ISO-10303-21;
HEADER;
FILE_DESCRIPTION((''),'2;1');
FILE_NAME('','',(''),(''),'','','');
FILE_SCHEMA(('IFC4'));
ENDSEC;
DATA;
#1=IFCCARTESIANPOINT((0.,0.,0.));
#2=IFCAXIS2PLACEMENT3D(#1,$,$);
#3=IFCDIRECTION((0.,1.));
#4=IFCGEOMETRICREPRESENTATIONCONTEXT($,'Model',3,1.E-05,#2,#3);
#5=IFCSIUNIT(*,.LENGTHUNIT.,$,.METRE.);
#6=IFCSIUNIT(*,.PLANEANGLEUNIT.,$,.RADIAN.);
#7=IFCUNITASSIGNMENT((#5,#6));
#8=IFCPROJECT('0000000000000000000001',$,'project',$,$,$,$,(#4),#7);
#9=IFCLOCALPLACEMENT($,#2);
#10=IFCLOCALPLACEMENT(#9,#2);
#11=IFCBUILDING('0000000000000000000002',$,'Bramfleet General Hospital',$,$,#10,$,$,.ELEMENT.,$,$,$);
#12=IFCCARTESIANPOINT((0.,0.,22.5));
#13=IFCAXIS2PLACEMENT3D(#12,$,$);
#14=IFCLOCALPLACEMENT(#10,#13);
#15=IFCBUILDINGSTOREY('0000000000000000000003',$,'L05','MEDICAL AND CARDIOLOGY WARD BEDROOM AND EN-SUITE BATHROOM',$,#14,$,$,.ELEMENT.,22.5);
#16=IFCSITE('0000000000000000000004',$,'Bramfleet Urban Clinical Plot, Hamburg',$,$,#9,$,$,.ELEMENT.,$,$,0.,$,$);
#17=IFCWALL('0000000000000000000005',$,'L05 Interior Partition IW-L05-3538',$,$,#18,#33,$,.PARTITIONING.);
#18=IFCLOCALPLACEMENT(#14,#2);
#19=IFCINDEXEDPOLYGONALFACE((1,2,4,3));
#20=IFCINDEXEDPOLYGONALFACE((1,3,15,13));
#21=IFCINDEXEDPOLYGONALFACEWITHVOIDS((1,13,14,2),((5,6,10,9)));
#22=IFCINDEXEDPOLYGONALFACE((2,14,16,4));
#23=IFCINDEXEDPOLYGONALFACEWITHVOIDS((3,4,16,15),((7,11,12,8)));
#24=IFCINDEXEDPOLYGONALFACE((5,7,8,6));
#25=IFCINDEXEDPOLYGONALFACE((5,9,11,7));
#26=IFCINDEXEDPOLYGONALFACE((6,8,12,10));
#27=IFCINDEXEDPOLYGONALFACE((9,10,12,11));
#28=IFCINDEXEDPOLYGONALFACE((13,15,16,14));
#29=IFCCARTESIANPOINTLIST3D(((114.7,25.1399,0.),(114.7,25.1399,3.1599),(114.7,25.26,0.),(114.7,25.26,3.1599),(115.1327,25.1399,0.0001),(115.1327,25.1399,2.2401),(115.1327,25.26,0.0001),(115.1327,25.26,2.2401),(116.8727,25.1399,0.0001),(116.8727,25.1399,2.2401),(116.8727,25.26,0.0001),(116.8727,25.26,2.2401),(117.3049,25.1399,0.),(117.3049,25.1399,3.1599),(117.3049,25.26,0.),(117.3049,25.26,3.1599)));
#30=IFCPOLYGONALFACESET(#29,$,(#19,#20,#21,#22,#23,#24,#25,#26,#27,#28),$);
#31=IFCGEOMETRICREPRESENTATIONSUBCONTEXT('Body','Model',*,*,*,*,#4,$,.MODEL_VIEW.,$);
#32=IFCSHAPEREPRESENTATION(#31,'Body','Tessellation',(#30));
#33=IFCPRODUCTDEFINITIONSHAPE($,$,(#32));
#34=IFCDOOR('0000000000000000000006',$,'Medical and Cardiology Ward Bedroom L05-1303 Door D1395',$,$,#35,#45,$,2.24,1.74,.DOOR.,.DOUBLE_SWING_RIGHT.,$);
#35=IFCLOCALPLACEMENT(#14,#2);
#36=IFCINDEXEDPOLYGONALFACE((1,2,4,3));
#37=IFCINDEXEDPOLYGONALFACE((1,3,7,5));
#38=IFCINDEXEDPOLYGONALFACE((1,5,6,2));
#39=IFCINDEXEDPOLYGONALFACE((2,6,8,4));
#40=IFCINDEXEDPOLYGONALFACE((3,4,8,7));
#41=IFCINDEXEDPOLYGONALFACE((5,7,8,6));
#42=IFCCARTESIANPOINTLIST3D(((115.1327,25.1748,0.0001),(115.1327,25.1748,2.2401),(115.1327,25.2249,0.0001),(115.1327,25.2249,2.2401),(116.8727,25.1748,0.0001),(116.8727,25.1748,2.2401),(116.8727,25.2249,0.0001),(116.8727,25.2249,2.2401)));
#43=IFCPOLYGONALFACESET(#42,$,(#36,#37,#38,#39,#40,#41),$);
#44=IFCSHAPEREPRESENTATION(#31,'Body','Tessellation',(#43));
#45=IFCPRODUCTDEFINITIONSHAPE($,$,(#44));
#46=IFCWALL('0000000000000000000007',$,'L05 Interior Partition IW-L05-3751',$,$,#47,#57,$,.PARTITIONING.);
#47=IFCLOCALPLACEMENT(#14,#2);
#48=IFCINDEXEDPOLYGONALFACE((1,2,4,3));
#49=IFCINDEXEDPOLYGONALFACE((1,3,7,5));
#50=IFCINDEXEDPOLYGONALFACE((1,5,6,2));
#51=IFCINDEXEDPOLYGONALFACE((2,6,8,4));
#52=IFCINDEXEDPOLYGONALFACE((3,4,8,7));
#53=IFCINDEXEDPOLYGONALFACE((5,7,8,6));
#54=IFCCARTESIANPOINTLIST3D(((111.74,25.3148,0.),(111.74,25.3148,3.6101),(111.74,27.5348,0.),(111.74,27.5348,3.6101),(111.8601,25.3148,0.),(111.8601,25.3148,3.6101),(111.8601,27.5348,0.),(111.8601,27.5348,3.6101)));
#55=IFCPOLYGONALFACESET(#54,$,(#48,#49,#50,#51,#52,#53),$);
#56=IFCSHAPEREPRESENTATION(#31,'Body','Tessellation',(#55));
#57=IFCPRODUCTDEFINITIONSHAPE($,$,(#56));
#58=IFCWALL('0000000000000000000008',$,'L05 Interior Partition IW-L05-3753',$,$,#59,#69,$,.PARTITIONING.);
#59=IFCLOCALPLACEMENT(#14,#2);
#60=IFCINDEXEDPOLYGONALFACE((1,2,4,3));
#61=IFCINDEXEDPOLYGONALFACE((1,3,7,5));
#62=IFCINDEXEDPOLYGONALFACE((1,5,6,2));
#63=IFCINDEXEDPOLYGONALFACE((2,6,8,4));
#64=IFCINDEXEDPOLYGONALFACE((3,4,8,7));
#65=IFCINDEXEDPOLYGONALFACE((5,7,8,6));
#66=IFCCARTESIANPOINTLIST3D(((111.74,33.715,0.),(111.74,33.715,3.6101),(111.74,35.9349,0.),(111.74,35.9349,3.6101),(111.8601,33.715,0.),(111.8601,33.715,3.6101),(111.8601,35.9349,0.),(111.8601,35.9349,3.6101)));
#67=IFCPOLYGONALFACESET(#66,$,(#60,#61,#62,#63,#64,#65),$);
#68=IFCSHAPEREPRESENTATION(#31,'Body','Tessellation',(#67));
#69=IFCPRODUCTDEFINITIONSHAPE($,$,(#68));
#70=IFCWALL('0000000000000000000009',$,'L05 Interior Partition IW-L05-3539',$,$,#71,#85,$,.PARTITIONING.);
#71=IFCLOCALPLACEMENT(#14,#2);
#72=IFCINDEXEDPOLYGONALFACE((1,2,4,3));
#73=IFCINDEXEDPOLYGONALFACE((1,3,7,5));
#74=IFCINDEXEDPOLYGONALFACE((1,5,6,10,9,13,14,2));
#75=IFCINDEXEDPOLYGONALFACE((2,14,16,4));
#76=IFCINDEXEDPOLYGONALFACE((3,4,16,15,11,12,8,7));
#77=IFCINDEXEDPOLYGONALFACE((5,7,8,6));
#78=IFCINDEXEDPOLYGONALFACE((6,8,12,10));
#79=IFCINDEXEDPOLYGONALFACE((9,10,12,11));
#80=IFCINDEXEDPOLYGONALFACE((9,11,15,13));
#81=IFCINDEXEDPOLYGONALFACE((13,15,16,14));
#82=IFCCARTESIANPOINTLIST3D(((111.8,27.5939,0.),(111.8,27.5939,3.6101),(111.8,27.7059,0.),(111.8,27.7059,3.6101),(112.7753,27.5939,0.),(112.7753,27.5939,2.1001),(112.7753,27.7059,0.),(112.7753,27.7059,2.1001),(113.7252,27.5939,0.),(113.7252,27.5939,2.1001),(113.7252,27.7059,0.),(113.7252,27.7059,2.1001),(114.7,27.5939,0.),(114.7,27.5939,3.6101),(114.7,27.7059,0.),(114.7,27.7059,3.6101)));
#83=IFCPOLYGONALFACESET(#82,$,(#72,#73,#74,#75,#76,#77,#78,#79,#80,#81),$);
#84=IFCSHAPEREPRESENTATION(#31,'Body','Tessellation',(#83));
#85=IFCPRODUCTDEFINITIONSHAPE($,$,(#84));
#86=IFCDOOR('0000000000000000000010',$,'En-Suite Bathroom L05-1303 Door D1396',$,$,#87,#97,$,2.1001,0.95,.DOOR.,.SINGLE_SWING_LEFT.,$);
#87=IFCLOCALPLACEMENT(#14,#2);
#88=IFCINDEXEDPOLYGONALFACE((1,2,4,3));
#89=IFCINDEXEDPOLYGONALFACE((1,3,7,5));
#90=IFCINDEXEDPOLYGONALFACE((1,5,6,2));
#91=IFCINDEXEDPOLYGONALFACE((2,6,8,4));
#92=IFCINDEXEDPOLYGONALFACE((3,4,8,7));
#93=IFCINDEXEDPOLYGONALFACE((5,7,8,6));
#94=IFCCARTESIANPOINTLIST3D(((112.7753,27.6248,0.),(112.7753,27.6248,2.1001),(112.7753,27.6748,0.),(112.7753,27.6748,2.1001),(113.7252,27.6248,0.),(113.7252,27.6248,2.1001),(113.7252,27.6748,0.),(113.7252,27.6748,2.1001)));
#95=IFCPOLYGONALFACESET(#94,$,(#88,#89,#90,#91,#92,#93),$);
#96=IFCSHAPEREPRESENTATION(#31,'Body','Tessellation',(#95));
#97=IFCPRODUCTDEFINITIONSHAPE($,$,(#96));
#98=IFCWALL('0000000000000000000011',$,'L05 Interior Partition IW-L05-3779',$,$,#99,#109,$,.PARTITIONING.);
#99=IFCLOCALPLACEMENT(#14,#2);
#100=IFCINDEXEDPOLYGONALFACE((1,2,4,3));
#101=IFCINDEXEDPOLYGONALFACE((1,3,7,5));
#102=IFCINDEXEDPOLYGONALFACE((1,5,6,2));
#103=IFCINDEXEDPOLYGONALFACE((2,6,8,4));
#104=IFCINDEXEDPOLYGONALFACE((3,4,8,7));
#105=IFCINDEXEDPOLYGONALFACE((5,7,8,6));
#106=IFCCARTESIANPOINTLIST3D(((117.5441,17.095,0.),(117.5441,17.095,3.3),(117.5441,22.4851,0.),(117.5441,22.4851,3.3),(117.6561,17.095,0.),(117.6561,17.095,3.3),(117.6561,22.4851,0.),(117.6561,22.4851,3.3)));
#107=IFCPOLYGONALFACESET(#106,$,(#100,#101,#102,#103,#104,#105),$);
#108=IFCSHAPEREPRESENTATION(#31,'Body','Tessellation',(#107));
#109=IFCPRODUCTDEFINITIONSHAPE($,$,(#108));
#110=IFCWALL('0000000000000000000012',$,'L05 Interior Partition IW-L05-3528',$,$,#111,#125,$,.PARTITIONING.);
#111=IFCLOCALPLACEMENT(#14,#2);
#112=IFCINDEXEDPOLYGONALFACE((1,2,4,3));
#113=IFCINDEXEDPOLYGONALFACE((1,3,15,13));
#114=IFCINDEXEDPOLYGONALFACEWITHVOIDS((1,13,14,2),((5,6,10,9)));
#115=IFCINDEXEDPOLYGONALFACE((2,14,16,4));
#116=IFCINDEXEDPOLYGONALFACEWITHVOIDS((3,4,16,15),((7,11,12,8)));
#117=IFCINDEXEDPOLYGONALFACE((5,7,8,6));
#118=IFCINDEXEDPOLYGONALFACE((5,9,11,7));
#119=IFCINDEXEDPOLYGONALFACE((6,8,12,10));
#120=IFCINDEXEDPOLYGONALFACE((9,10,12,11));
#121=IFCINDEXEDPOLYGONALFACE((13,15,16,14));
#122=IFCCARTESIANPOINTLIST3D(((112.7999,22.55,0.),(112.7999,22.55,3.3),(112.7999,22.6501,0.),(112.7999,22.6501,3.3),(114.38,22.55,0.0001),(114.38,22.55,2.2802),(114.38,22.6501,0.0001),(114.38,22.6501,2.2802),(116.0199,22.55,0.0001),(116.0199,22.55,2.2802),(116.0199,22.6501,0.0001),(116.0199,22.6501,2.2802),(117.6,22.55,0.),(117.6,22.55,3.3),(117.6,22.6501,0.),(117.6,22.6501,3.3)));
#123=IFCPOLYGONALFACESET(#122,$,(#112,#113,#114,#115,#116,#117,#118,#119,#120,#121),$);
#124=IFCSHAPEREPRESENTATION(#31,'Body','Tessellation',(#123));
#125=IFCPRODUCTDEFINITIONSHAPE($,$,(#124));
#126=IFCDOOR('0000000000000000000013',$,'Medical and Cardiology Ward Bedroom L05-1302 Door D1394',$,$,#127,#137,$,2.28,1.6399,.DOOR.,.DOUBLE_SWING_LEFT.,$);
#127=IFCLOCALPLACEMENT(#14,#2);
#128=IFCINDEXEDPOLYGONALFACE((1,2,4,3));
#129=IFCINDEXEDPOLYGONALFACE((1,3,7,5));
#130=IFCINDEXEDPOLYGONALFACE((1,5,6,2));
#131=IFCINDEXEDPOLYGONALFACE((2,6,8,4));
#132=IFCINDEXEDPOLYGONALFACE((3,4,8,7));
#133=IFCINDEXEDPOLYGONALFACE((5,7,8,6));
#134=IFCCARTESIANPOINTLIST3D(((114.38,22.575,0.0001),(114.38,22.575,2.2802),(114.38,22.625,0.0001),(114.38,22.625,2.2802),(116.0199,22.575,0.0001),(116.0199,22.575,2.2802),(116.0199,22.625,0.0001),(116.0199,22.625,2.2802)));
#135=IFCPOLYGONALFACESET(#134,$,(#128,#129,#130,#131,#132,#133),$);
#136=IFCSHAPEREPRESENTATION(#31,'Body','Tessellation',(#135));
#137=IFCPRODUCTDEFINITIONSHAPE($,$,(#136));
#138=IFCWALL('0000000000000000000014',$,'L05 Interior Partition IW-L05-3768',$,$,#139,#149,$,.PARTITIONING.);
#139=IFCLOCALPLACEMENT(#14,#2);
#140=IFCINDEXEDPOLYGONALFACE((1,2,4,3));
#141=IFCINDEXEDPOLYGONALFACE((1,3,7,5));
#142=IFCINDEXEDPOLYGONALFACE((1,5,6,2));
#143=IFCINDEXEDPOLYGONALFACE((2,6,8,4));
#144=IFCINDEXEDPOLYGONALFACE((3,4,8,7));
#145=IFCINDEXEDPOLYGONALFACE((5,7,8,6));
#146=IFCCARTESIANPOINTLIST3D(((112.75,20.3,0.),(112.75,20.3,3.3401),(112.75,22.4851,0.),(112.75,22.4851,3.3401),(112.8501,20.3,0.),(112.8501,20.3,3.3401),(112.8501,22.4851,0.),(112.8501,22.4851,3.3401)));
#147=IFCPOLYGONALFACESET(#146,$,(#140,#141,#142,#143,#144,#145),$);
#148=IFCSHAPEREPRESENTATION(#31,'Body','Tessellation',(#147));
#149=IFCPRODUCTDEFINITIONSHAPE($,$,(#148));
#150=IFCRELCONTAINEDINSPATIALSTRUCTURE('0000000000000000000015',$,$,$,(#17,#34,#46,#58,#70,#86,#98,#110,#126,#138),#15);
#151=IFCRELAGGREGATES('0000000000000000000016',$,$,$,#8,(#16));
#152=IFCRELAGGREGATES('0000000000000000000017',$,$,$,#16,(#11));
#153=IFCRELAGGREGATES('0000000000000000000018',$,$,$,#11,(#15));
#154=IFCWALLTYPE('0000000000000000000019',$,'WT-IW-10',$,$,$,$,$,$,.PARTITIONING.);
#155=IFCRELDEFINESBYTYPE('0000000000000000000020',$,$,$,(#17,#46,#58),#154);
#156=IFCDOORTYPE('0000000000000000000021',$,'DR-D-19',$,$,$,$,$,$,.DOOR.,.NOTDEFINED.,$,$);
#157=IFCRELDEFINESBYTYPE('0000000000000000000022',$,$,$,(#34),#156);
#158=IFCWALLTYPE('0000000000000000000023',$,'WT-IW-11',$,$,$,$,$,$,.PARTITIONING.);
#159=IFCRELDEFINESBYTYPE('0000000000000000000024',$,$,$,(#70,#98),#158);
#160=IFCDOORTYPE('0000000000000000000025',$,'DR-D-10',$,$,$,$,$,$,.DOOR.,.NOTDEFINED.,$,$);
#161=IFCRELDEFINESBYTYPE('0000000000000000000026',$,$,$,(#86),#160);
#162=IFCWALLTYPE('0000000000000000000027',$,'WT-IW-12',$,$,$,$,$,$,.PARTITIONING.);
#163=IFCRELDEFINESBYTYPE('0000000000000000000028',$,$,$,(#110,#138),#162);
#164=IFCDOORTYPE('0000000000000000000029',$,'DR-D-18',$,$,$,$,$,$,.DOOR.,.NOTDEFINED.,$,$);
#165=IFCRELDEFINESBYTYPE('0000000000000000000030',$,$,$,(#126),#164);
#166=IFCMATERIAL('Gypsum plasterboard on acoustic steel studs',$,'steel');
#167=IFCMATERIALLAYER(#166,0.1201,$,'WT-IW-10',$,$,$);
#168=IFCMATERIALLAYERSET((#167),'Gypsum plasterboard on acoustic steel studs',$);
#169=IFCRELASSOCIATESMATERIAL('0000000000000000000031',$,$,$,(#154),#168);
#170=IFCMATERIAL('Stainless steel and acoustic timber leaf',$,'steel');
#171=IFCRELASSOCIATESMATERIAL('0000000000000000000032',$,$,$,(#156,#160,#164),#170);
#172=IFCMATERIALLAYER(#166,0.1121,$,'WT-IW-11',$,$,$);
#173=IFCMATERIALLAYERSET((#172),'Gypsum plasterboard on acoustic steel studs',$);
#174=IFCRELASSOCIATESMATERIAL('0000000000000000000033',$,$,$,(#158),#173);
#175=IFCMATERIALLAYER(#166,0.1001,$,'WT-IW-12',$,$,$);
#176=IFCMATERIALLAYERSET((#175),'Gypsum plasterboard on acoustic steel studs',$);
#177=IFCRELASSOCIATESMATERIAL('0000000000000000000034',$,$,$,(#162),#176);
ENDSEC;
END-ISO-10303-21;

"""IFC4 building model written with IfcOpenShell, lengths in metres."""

from ifc_helpers import new_model, si_unit, direction, frame, frame_2d, origin, place, context, subcontext, project, spatial, rectangle, extrude, material, layer, layer_set, type_object, element, fill, save


model = new_model("IFC4")

# Units and contexts
model_context = context("Model", 3, precision=1e-05, world=origin(), true_north=direction((0.0, 1.0)))
body_context = subcontext(model_context, "Body", "Model", "MODEL_VIEW")
ifc_project = project(units=[si_unit("LENGTHUNIT", "METRE"), si_unit("PLANEANGLEUNIT", "RADIAN")], contexts=[model_context])

# Site, building, storey
site_placement = place(None, origin())
site = spatial("IfcSite", under=ifc_project, at=site_placement, Name="Bramfleet Urban Clinical Plot, Hamburg", CompositionType="ELEMENT", RefElevation=0.0)
building_placement = place(site_placement, origin())
building = spatial("IfcBuilding", under=site, at=building_placement, Name="Bramfleet General Hospital", CompositionType="ELEMENT")
storey_placement = place(building_placement, frame((0.0, 0.0, 22.5)))
storey = spatial("IfcBuildingStorey", under=building, at=storey_placement, Name="L05", Description="MEDICAL AND CARDIOLOGY WARD BEDROOM AND EN-SUITE BATHROOM", CompositionType="ELEMENT", Elevation=22.5)

# Shared definitions
ifc_material_1 = material(Name="Gypsum plasterboard on acoustic steel studs", Category="steel")
ifc_layer_1 = layer(ifc_material_1, 0.1201, Name="WT-IW-10")
ifc_layer_set_1 = layer_set([ifc_layer_1], Name="Gypsum plasterboard on acoustic steel studs")
wall_type_1 = type_object("IfcWallType", Name="WT-IW-10", PredefinedType="PARTITIONING", material=ifc_layer_set_1)

# Wall, opening, door
wall_1_placement = place(storey_placement, frame((114.7, 25.2, 0.0), z_axis=(0.0, 0.0, 1.0), x_axis=(1.0, 0.0, 0.0)))
wall_1 = element("IfcWall", 1, at=wall_1_placement, inside=storey, type_object=wall_type_1, Name="L05 Interior Partition IW-L05-3538", PredefinedType="PARTITIONING", context=body_context, shape_type="SweptSolid", body=[
    extrude(rectangle(XDim=2.605, YDim=0.1201, at=frame_2d((1.3025, 0.0))), origin(), (0.0, 0.0, 1.0), 3.1599),
])
opening_1_placement = place(wall_1_placement, frame((0.4326, 0.0, 0.0)))
opening_1 = element("IfcOpeningElement", 2, at=opening_1_placement, cuts=wall_1, PredefinedType="OPENING", context=body_context, shape_type="SweptSolid", body=[
    extrude(rectangle(XDim=1.74, YDim=2.24, at=frame_2d((0.8701, 1.1201))), frame((0.0, 0.0701, 0.0), z_axis=(0.0, -1.0, 0.0), x_axis=(1.0, 0.0, 0.0)), (0.0, 0.0, 1.0), 0.1401),
])
ifc_material_2 = material(Name="Stainless steel and acoustic timber leaf", Category="steel")
door_type_1 = type_object("IfcDoorType", Name="DR-D-19", OperationType="NOTDEFINED", PredefinedType="DOOR", material=ifc_material_2)
door_1_placement = place(opening_1_placement, origin())
door_1 = element("IfcDoor", 3, at=door_1_placement, inside=storey, type_object=door_type_1, Name="Medical and Cardiology Ward Bedroom L05-1303 Door D1395", OperationType="DOUBLE_SWING_RIGHT", OverallHeight=2.24, OverallWidth=1.74, PredefinedType="DOOR", context=body_context, shape_type="SweptSolid", body=[
    extrude(rectangle(XDim=1.74, YDim=2.24, at=frame_2d((0.8701, 1.1201))), frame((0.0, 0.0249, 0.0), z_axis=(0.0, -1.0, 0.0), x_axis=(1.0, 0.0, 0.0)), (0.0, 0.0, 1.0), 0.05),
])
fill(opening_1, door_1)

# Walls
for number, where, z_axis, x_axis, name in (
    (4, (111.8, 25.3149, 0.0), (0.0, 0.0, 1.0), (0.0, 1.0, 0.0), "L05 Interior Partition IW-L05-3751"),
    (5, (111.8, 33.7151, 0.0), (0.0, 0.0, 1.0), (0.0, 1.0, 0.0), "L05 Interior Partition IW-L05-3753"),
):
    element("IfcWall", number, at=place(storey_placement, frame(where, z_axis=z_axis, x_axis=x_axis)), inside=storey, type_object=wall_type_1, Name=name, PredefinedType="PARTITIONING", context=body_context, shape_type="SweptSolid", body=[
        extrude(rectangle(XDim=2.22, YDim=0.1201, at=frame_2d((1.1099, 0.0))), origin(), (0.0, 0.0, 1.0), 3.6101),
    ])

# Wall, opening, door
ifc_layer_2 = layer(ifc_material_1, 0.1121, Name="WT-IW-11")
ifc_layer_set_2 = layer_set([ifc_layer_2], Name="Gypsum plasterboard on acoustic steel studs")
wall_type_2 = type_object("IfcWallType", Name="WT-IW-11", PredefinedType="PARTITIONING", material=ifc_layer_set_2)
wall_2_placement = place(storey_placement, frame((111.8, 27.6499, 0.0), z_axis=(0.0, 0.0, 1.0), x_axis=(1.0, 0.0, 0.0)))
wall_2 = element("IfcWall", 6, at=wall_2_placement, inside=storey, type_object=wall_type_2, Name="L05 Interior Partition IW-L05-3539", PredefinedType="PARTITIONING", context=body_context, shape_type="SweptSolid", body=[
    extrude(rectangle(XDim=2.8999, YDim=0.1121, at=frame_2d((1.45, 0.0))), origin(), (0.0, 0.0, 1.0), 3.6101),
])
opening_2_placement = place(wall_2_placement, frame((0.9751, 0.0, 0.0)))
opening_2 = element("IfcOpeningElement", 7, at=opening_2_placement, cuts=wall_2, PredefinedType="OPENING", context=body_context, shape_type="SweptSolid", body=[
    extrude(rectangle(XDim=0.95, YDim=2.1001, at=frame_2d((0.4751, 1.05))), frame((0.0, 0.0659, 0.0), z_axis=(0.0, -1.0, 0.0), x_axis=(1.0, 0.0, 0.0)), (0.0, 0.0, 1.0), 0.1321),
])
door_type_2 = type_object("IfcDoorType", Name="DR-D-10", OperationType="NOTDEFINED", PredefinedType="DOOR", material=ifc_material_2)
door_2_placement = place(opening_2_placement, origin())
door_2 = element("IfcDoor", 8, at=door_2_placement, inside=storey, type_object=door_type_2, Name="En-Suite Bathroom L05-1303 Door D1396", OperationType="SINGLE_SWING_LEFT", OverallHeight=2.1001, OverallWidth=0.95, PredefinedType="DOOR", context=body_context, shape_type="SweptSolid", body=[
    extrude(rectangle(XDim=0.95, YDim=2.1001, at=frame_2d((0.4751, 1.05))), frame((0.0, 0.0249, 0.0), z_axis=(0.0, -1.0, 0.0), x_axis=(1.0, 0.0, 0.0)), (0.0, 0.0, 1.0), 0.05),
])
fill(opening_2, door_2)

# Wall
wall_3_placement = place(storey_placement, frame((117.6001, 17.095, 0.0), z_axis=(0.0, 0.0, 1.0), x_axis=(0.0, 1.0, 0.0)))
element("IfcWall", 9, at=wall_3_placement, inside=storey, type_object=wall_type_2, Name="L05 Interior Partition IW-L05-3779", PredefinedType="PARTITIONING", context=body_context, shape_type="SweptSolid", body=[
    extrude(rectangle(XDim=5.3901, YDim=0.1121, at=frame_2d((2.6951, 0.0))), origin(), (0.0, 0.0, 1.0), 3.3),
])

# Wall, opening, door
ifc_layer_3 = layer(ifc_material_1, 0.1001, Name="WT-IW-12")
ifc_layer_set_3 = layer_set([ifc_layer_3], Name="Gypsum plasterboard on acoustic steel studs")
wall_type_3 = type_object("IfcWallType", Name="WT-IW-12", PredefinedType="PARTITIONING", material=ifc_layer_set_3)
wall_4_placement = place(storey_placement, frame((112.8, 22.6001, 0.0), z_axis=(0.0, 0.0, 1.0), x_axis=(1.0, 0.0, 0.0)))
wall_4 = element("IfcWall", 10, at=wall_4_placement, inside=storey, type_object=wall_type_3, Name="L05 Interior Partition IW-L05-3528", PredefinedType="PARTITIONING", context=body_context, shape_type="SweptSolid", body=[
    extrude(rectangle(XDim=4.8, YDim=0.1001, at=frame_2d((2.3999, 0.0))), origin(), (0.0, 0.0, 1.0), 3.3),
])
opening_3_placement = place(wall_4_placement, frame((1.5801, 0.0, 0.0)))
opening_3 = element("IfcOpeningElement", 11, at=opening_3_placement, cuts=wall_4, PredefinedType="OPENING", context=body_context, shape_type="SweptSolid", body=[
    extrude(rectangle(XDim=1.6399, YDim=2.28, at=frame_2d((0.8198, 1.1401))), frame((0.0, 0.0601, 0.0), z_axis=(0.0, -1.0, 0.0), x_axis=(1.0, 0.0, 0.0)), (0.0, 0.0, 1.0), 0.1201),
])
door_type_3 = type_object("IfcDoorType", Name="DR-D-18", OperationType="NOTDEFINED", PredefinedType="DOOR", material=ifc_material_2)
door_3_placement = place(opening_3_placement, origin())
door_3 = element("IfcDoor", 12, at=door_3_placement, inside=storey, type_object=door_type_3, Name="Medical and Cardiology Ward Bedroom L05-1302 Door D1394", OperationType="DOUBLE_SWING_LEFT", OverallHeight=2.28, OverallWidth=1.6399, PredefinedType="DOOR", context=body_context, shape_type="SweptSolid", body=[
    extrude(rectangle(XDim=1.6399, YDim=2.28, at=frame_2d((0.8198, 1.1401))), frame((0.0, 0.0249, 0.0), z_axis=(0.0, -1.0, 0.0), x_axis=(1.0, 0.0, 0.0)), (0.0, 0.0, 1.0), 0.05),
])
fill(opening_3, door_3)

# Wall
wall_5_placement = place(storey_placement, frame((112.8, 20.3, 0.0), z_axis=(0.0, 0.0, 1.0), x_axis=(0.0, 1.0, 0.0)))
element("IfcWall", 13, at=wall_5_placement, inside=storey, type_object=wall_type_3, Name="L05 Interior Partition IW-L05-3768", PredefinedType="PARTITIONING", context=body_context, shape_type="SweptSolid", body=[
    extrude(rectangle(XDim=2.1851, YDim=0.1001, at=frame_2d((1.0925, 0.0))), origin(), (0.0, 0.0, 1.0), 3.3401),
])

save(model, "model.ifc")
